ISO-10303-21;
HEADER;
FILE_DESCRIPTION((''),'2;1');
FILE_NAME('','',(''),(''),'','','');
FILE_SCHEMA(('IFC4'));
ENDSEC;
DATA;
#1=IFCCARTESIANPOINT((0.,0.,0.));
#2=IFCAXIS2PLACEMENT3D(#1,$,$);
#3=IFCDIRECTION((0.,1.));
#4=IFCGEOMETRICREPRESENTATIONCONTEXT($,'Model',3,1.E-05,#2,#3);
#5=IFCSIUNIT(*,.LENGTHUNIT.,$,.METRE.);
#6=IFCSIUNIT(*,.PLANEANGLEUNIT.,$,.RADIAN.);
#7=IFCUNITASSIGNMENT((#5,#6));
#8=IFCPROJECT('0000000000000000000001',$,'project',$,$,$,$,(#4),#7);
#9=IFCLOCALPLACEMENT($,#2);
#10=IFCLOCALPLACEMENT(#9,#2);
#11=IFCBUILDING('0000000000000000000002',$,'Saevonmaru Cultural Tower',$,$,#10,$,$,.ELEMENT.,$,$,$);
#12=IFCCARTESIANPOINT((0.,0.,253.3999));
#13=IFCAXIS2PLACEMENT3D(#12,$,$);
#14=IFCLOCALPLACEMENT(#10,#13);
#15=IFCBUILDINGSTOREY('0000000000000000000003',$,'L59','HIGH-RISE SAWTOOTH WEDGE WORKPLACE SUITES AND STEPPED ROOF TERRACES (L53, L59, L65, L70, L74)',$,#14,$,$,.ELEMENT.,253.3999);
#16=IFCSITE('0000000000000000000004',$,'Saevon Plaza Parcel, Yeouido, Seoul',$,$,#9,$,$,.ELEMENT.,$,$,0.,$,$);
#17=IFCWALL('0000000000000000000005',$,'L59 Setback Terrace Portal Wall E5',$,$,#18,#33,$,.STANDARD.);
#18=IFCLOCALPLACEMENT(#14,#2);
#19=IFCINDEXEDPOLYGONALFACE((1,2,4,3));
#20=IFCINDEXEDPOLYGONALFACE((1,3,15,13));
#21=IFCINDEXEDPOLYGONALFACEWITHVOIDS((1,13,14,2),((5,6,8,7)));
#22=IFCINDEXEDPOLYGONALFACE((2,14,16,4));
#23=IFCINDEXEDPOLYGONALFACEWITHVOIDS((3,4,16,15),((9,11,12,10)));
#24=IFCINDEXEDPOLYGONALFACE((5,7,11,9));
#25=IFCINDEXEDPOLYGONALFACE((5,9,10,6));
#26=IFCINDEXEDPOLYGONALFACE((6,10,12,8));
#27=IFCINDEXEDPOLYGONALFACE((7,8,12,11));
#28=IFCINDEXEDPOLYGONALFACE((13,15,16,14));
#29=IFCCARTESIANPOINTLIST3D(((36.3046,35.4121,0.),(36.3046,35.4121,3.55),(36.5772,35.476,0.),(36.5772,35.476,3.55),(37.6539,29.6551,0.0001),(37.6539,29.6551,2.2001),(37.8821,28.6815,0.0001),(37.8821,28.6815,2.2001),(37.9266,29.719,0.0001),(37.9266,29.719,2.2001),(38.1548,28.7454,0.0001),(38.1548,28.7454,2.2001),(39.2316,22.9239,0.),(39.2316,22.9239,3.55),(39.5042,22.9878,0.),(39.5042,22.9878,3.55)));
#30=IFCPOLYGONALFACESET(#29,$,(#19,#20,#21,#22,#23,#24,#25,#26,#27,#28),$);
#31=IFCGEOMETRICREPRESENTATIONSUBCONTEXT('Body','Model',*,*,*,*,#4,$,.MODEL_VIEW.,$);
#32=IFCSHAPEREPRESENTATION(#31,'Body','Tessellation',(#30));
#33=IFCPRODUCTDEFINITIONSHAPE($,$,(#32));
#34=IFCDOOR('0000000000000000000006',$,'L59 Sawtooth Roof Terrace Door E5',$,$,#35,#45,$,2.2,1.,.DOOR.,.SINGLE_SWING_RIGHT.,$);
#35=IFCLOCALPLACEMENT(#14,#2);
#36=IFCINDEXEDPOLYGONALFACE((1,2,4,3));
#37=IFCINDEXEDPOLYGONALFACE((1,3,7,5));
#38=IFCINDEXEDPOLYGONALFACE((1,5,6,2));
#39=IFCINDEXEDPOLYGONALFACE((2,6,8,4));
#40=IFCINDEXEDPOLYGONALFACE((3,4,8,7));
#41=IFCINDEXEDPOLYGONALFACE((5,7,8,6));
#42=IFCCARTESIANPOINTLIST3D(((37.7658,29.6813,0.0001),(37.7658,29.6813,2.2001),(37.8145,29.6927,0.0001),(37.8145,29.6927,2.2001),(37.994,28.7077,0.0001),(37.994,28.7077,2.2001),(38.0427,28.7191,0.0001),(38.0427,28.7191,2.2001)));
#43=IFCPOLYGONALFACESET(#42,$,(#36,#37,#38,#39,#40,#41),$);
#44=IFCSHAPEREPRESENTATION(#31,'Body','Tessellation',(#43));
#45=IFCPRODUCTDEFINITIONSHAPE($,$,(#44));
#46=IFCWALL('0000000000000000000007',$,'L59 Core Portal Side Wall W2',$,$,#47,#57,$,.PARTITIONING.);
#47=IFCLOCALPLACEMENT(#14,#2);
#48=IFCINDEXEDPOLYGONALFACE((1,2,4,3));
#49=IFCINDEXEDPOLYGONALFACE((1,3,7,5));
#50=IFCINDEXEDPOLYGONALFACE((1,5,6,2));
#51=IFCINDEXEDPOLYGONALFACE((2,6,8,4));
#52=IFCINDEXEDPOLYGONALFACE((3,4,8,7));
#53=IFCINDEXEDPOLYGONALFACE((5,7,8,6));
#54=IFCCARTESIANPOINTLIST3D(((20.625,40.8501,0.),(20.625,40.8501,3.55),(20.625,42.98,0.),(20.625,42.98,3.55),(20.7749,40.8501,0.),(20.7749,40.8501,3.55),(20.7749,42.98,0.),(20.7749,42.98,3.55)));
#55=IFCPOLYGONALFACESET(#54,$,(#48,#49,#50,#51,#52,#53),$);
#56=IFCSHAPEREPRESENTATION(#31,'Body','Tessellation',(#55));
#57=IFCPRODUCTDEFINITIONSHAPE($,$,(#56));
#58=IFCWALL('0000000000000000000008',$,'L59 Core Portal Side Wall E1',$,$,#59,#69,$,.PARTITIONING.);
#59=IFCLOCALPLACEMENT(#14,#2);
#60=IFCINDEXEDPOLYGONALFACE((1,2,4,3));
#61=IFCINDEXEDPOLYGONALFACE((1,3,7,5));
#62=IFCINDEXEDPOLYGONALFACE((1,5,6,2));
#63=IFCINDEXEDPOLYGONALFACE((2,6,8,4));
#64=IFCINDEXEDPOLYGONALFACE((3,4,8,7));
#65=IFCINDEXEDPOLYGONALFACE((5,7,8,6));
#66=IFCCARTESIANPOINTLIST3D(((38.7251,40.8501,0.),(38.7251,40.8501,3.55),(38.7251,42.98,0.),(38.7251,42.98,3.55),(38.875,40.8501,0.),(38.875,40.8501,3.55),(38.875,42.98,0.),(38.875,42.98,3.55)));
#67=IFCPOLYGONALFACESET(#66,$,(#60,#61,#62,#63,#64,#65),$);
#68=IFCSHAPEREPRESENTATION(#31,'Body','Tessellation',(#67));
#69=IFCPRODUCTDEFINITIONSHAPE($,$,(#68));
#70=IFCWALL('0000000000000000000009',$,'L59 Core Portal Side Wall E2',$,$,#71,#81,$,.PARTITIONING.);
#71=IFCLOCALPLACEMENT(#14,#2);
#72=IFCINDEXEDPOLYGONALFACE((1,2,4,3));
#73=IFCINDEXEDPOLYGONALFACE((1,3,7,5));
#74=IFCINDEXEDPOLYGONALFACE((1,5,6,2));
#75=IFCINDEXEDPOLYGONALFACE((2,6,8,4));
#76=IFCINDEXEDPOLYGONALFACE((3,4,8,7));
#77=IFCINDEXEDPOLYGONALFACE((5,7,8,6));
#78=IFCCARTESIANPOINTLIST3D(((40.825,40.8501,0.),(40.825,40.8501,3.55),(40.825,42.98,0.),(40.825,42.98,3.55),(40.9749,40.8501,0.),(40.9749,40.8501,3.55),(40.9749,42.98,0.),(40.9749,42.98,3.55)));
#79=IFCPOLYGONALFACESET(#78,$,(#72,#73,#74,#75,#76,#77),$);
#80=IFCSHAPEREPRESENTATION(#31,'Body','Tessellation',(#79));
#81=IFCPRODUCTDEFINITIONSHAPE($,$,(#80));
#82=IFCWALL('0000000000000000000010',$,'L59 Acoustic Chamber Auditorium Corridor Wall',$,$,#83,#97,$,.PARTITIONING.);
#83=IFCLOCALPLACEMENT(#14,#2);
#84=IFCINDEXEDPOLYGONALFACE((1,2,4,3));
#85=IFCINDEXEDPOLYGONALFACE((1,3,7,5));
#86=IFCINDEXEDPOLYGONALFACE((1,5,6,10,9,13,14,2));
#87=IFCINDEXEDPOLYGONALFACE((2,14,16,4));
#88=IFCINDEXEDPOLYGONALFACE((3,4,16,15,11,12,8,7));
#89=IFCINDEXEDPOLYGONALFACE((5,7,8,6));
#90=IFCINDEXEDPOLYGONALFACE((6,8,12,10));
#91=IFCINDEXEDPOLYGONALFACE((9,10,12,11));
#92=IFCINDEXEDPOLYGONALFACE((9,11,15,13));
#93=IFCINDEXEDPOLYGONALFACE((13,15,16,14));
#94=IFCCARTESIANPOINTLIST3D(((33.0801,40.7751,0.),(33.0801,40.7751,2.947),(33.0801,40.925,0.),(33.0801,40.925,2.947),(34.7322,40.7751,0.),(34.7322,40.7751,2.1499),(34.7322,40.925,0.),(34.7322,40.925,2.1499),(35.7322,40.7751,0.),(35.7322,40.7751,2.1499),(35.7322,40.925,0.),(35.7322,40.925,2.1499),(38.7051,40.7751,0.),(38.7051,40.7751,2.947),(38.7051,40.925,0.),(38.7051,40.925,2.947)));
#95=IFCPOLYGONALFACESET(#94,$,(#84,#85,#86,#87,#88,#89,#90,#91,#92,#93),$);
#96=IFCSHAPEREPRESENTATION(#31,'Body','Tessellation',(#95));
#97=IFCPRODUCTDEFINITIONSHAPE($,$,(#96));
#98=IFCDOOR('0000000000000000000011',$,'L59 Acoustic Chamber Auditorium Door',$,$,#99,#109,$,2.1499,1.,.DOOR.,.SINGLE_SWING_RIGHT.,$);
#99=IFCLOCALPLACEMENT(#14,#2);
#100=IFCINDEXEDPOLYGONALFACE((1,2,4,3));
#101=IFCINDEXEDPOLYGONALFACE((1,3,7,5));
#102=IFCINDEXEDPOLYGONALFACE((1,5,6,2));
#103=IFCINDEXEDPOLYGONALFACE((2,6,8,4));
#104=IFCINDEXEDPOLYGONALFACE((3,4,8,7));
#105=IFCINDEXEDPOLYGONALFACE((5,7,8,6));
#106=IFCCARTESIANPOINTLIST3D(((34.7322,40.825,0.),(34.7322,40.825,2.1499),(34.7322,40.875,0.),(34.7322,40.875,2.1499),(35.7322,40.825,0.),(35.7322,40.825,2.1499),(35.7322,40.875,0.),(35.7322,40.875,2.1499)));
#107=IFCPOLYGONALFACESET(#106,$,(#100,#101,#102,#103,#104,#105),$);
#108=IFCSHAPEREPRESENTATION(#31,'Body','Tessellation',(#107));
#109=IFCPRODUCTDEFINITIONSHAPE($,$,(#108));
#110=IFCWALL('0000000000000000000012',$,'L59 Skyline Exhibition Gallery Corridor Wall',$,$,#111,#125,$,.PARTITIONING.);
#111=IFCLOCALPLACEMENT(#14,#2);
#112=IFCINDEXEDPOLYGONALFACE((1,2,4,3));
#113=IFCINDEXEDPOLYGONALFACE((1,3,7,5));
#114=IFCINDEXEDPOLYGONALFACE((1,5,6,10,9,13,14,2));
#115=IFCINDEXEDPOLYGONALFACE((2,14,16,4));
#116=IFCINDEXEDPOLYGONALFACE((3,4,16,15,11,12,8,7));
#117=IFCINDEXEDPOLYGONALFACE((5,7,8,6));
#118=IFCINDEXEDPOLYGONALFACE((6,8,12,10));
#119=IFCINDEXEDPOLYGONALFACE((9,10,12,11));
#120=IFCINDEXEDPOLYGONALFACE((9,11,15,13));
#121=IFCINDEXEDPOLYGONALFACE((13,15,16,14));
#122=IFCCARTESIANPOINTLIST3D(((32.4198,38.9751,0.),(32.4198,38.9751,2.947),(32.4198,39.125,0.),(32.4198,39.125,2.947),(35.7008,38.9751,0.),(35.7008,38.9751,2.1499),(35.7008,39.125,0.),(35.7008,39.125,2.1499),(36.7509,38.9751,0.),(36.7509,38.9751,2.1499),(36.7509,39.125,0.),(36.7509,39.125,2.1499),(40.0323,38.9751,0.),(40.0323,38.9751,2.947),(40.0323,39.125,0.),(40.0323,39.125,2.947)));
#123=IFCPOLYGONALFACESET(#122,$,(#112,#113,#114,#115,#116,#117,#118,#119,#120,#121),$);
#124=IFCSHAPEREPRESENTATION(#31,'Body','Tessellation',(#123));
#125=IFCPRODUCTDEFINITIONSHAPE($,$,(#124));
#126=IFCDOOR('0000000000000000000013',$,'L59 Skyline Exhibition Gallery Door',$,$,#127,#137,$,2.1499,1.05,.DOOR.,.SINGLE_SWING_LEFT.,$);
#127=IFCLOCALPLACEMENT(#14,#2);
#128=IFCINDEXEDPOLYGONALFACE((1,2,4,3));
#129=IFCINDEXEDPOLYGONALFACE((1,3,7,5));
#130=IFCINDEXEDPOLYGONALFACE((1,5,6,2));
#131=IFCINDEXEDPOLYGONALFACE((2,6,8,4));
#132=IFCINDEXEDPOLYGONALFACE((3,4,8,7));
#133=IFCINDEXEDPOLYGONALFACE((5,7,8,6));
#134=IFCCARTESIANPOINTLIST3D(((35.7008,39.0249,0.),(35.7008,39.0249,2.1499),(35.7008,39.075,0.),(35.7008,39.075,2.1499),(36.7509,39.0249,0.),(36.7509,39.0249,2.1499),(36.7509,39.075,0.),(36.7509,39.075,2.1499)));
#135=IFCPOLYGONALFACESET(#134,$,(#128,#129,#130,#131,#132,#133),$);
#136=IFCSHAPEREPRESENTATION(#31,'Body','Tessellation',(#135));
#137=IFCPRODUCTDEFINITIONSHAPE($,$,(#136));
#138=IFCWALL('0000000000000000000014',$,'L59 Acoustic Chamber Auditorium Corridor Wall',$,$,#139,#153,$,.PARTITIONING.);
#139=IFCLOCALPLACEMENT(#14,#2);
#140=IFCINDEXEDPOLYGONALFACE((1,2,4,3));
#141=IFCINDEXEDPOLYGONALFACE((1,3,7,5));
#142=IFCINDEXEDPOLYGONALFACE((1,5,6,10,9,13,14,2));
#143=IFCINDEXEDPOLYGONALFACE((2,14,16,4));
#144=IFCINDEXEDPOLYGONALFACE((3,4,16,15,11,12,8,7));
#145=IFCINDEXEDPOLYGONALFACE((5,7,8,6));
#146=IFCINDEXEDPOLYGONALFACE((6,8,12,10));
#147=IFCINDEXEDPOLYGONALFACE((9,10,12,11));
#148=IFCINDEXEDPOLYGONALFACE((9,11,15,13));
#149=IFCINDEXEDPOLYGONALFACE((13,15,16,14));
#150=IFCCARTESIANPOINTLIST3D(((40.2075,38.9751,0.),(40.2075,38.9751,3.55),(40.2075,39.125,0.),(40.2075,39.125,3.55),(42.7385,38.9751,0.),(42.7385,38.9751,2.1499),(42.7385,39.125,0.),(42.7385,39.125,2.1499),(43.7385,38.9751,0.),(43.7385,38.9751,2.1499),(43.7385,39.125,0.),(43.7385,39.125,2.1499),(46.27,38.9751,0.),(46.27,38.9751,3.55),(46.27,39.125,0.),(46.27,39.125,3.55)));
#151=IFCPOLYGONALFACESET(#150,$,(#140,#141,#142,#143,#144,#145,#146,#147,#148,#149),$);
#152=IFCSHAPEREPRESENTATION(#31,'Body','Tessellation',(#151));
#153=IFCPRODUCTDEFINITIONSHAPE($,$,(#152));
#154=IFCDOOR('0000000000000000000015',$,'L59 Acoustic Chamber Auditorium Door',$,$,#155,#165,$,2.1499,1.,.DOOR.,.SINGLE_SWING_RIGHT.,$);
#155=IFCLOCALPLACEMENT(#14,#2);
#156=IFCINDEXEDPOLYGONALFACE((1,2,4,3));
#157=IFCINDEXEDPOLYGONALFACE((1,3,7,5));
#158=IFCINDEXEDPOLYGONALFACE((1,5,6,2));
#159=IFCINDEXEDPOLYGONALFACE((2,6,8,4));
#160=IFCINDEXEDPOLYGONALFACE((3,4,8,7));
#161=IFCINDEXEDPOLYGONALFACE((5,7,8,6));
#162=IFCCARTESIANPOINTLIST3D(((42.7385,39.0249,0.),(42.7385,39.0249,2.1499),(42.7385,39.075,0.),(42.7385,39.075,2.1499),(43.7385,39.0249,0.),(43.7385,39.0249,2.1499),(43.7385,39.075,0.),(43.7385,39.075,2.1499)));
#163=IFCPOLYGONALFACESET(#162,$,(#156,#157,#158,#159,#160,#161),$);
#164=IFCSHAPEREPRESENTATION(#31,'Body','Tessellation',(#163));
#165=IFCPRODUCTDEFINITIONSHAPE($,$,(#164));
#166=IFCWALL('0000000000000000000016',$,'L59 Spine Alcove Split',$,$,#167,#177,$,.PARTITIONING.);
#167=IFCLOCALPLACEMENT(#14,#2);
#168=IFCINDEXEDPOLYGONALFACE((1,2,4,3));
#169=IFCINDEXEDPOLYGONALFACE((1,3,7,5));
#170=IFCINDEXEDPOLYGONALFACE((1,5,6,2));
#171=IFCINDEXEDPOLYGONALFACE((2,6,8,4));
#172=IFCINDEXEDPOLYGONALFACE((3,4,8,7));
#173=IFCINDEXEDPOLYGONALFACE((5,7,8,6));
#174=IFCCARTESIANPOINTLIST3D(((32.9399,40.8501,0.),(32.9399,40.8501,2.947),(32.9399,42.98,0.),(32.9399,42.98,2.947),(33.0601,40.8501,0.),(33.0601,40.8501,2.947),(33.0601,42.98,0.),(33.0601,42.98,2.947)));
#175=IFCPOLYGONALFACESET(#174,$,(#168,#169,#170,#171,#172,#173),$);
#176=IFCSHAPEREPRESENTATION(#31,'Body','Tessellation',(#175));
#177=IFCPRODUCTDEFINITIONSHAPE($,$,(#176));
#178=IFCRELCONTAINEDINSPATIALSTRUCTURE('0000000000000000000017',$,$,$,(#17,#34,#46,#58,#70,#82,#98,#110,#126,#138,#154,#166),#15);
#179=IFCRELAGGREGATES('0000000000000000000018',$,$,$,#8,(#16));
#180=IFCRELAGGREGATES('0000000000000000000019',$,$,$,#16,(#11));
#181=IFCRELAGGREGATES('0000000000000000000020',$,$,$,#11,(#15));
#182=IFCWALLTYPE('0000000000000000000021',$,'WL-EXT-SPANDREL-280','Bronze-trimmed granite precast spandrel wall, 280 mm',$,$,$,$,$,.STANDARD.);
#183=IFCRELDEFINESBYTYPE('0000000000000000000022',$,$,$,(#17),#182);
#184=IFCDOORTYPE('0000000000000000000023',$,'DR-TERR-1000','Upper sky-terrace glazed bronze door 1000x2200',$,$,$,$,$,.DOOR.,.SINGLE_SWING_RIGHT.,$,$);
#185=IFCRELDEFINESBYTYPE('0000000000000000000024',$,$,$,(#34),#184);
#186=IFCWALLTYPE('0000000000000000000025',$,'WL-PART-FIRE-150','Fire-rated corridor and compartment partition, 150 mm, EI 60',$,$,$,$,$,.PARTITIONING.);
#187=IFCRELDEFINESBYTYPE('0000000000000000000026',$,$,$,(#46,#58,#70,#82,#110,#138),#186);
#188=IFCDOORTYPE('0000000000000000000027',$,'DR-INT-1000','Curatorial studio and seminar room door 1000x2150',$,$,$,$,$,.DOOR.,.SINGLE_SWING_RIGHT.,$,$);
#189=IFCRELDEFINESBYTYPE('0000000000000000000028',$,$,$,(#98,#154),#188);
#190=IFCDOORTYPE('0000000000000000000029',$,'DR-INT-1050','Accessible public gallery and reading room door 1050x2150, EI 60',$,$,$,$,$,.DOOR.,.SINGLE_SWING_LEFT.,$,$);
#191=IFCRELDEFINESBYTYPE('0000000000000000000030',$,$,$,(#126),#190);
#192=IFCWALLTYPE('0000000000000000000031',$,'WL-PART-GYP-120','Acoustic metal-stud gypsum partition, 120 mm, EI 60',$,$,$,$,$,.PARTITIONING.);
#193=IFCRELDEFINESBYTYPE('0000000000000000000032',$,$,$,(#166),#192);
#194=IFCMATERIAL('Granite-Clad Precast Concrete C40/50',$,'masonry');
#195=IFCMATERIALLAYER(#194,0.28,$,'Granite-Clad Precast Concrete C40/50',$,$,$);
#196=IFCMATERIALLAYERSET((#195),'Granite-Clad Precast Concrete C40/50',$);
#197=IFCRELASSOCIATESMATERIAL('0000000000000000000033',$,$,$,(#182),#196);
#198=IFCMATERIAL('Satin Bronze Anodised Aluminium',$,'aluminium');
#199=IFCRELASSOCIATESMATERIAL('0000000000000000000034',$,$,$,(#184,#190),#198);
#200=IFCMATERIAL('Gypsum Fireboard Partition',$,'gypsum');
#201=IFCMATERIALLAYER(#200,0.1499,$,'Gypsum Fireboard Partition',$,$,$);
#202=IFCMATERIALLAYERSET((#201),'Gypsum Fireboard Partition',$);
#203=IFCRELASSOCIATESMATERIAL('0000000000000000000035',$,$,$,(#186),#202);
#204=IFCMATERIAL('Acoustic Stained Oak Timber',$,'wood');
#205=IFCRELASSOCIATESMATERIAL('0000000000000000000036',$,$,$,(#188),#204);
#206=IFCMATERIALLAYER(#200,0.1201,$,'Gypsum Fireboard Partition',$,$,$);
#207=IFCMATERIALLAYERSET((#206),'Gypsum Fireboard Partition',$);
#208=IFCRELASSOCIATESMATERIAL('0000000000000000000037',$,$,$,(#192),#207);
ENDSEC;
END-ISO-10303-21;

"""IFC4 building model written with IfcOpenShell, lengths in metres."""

from ifc_helpers import new_model, si_unit, direction, frame, frame_2d, origin, place, context, subcontext, project, spatial, rectangle, extrude, material, layer, layer_set, type_object, element, fill, save


model = new_model("IFC4")

# Units and contexts
model_context = context("Model", 3, precision=1e-05, world=origin(), true_north=direction((0.0, 1.0)))
body_context = subcontext(model_context, "Body", "Model", "MODEL_VIEW")
ifc_project = project(units=[si_unit("LENGTHUNIT", "METRE"), si_unit("PLANEANGLEUNIT", "RADIAN")], contexts=[model_context])

# Site, building, storey
site_placement = place(None, origin())
site = spatial("IfcSite", under=ifc_project, at=site_placement, Name="Saevon Plaza Parcel, Yeouido, Seoul", CompositionType="ELEMENT", RefElevation=0.0)
building_placement = place(site_placement, origin())
building = spatial("IfcBuilding", under=site, at=building_placement, Name="Saevonmaru Cultural Tower", CompositionType="ELEMENT")
storey_placement = place(building_placement, frame((0.0, 0.0, 253.3999)))
storey = spatial("IfcBuildingStorey", under=building, at=storey_placement, Name="L59", Description="HIGH-RISE SAWTOOTH WEDGE WORKPLACE SUITES AND STEPPED ROOF TERRACES (L53, L59, L65, L70, L74)", CompositionType="ELEMENT", Elevation=253.3999)

# Wall, opening, door
ifc_material_1 = material(Name="Granite-Clad Precast Concrete C40/50", Category="masonry")
ifc_layer_1 = layer(ifc_material_1, 0.28, Name="Granite-Clad Precast Concrete C40/50")
ifc_layer_set_1 = layer_set([ifc_layer_1], Name="Granite-Clad Precast Concrete C40/50")
wall_type_1 = type_object("IfcWallType", Name="WL-EXT-SPANDREL-280", Description="Bronze-trimmed granite precast spandrel wall, 280 mm", PredefinedType="STANDARD", material=ifc_layer_set_1)
ifc_material_2 = material(Name="Satin Bronze Anodised Aluminium", Category="aluminium")
door_type_1 = type_object("IfcDoorType", Name="DR-TERR-1000", Description="Upper sky-terrace glazed bronze door 1000x2200", OperationType="SINGLE_SWING_RIGHT", PredefinedType="DOOR", material=ifc_material_2)
wall_1_placement = place(storey_placement, frame((36.4409, 35.4441, 0.0), z_axis=(0.0, 0.0, 1.0), x_axis=(0.228196, -0.973615, 0.0)))
wall_1 = element("IfcWall", 1, at=wall_1_placement, inside=storey, type_object=wall_type_1, Name="L59 Setback Terrace Portal Wall E5", PredefinedType="STANDARD", context=body_context, shape_type="SweptSolid", body=[
    extrude(rectangle(XDim=12.8267, YDim=0.28, at=frame_2d((6.4133, 0.0))), origin(), (0.0, 0.0, 1.0), 3.55),
])
opening_1_placement = place(wall_1_placement, frame((5.9131, 0.0, 0.0)))
opening_1 = element("IfcOpeningElement", 2, at=opening_1_placement, cuts=wall_1, PredefinedType="OPENING", context=body_context, shape_type="SweptSolid", body=[
    extrude(rectangle(XDim=1.0, YDim=2.2, at=frame_2d((0.5, 1.1001))), frame((0.0, 0.1499, 0.0), z_axis=(0.0, -1.0, 0.0), x_axis=(1.0, 0.0, 0.0)), (0.0, 0.0, 1.0), 0.3),
])
door_1_placement = place(opening_1_placement, origin())
door_1 = element("IfcDoor", 3, at=door_1_placement, inside=storey, type_object=door_type_1, Name="L59 Sawtooth Roof Terrace Door E5", OperationType="SINGLE_SWING_RIGHT", OverallHeight=2.2, OverallWidth=1.0, PredefinedType="DOOR", context=body_context, shape_type="SweptSolid", body=[
    extrude(rectangle(XDim=1.0, YDim=2.2, at=frame_2d((0.5, 1.1001))), frame((0.0, 0.0249, 0.0), z_axis=(0.0, -1.0, 0.0), x_axis=(1.0, 0.0, 0.0)), (0.0, 0.0, 1.0), 0.05),
])
fill(opening_1, door_1)

# Walls
ifc_material_3 = material(Name="Gypsum Fireboard Partition", Category="gypsum")
ifc_layer_2 = layer(ifc_material_3, 0.1499, Name="Gypsum Fireboard Partition")
ifc_layer_set_2 = layer_set([ifc_layer_2], Name="Gypsum Fireboard Partition")
wall_type_2 = type_object("IfcWallType", Name="WL-PART-FIRE-150", Description="Fire-rated corridor and compartment partition, 150 mm, EI 60", PredefinedType="PARTITIONING", material=ifc_layer_set_2)
for number, where, z_axis, x_axis, name in (
    (4, (20.7, 40.8501, 0.0), (0.0, 0.0, 1.0), (0.0, 1.0, 0.0), "L59 Core Portal Side Wall W2"),
    (5, (38.8, 40.8501, 0.0), (0.0, 0.0, 1.0), (0.0, 1.0, 0.0), "L59 Core Portal Side Wall E1"),
    (6, (40.8999, 40.8501, 0.0), (0.0, 0.0, 1.0), (0.0, 1.0, 0.0), "L59 Core Portal Side Wall E2"),
):
    element("IfcWall", number, at=place(storey_placement, frame(where, z_axis=z_axis, x_axis=x_axis)), inside=storey, type_object=wall_type_2, Name=name, PredefinedType="PARTITIONING", context=body_context, shape_type="SweptSolid", body=[
        extrude(rectangle(XDim=2.1299, YDim=0.1499, at=frame_2d((1.0649, 0.0))), origin(), (0.0, 0.0, 1.0), 3.55),
    ])

# Walls, openings, doors
wall_2_placement = place(storey_placement, frame((33.0801, 40.8501, 0.0), z_axis=(0.0, 0.0, 1.0), x_axis=(1.0, 0.0, 0.0)))
wall_2 = element("IfcWall", 7, at=wall_2_placement, inside=storey, type_object=wall_type_2, Name="L59 Acoustic Chamber Auditorium Corridor Wall", PredefinedType="PARTITIONING", context=body_context, shape_type="SweptSolid", body=[
    extrude(rectangle(XDim=5.625, YDim=0.1499, at=frame_2d((2.8125, 0.0))), origin(), (0.0, 0.0, 1.0), 2.947),
])
opening_2_placement = place(wall_2_placement, frame((1.6521, 0.0, 0.0)))
opening_2 = element("IfcOpeningElement", 8, at=opening_2_placement, cuts=wall_2, PredefinedType="OPENING", context=body_context, shape_type="SweptSolid", body=[
    extrude(rectangle(XDim=1.0, YDim=2.1499, at=frame_2d((0.5, 1.075))), frame((0.0, 0.085, 0.0), z_axis=(0.0, -1.0, 0.0), x_axis=(1.0, 0.0, 0.0)), (0.0, 0.0, 1.0), 0.1699),
])
ifc_material_4 = material(Name="Acoustic Stained Oak Timber", Category="wood")
door_type_2 = type_object("IfcDoorType", Name="DR-INT-1000", Description="Curatorial studio and seminar room door 1000x2150", OperationType="SINGLE_SWING_RIGHT", PredefinedType="DOOR", material=ifc_material_4)
door_2_placement = place(opening_2_placement, origin())
door_2 = element("IfcDoor", 9, at=door_2_placement, inside=storey, type_object=door_type_2, Name="L59 Acoustic Chamber Auditorium Door", OperationType="SINGLE_SWING_RIGHT", OverallHeight=2.1499, OverallWidth=1.0, PredefinedType="DOOR", context=body_context, shape_type="SweptSolid", body=[
    extrude(rectangle(XDim=1.0, YDim=2.1499, at=frame_2d((0.5, 1.075))), frame((0.0, 0.0249, 0.0), z_axis=(0.0, -1.0, 0.0), x_axis=(1.0, 0.0, 0.0)), (0.0, 0.0, 1.0), 0.05),
])
fill(opening_2, door_2)
wall_3_placement = place(storey_placement, frame((32.4199, 39.05, 0.0), z_axis=(0.0, 0.0, 1.0), x_axis=(1.0, 0.0, 0.0)))
wall_3 = element("IfcWall", 10, at=wall_3_placement, inside=storey, type_object=wall_type_2, Name="L59 Skyline Exhibition Gallery Corridor Wall", PredefinedType="PARTITIONING", context=body_context, shape_type="SweptSolid", body=[
    extrude(rectangle(XDim=7.6125, YDim=0.1499, at=frame_2d((3.8062, 0.0))), origin(), (0.0, 0.0, 1.0), 2.947),
])
opening_3_placement = place(wall_3_placement, frame((3.281, 0.0, 0.0)))
opening_3 = element("IfcOpeningElement", 11, at=opening_3_placement, cuts=wall_3, PredefinedType="OPENING", context=body_context, shape_type="SweptSolid", body=[
    extrude(rectangle(XDim=1.05, YDim=2.1499, at=frame_2d((0.5249, 1.075))), frame((0.0, 0.085, 0.0), z_axis=(0.0, -1.0, 0.0), x_axis=(1.0, 0.0, 0.0)), (0.0, 0.0, 1.0), 0.1699),
])
door_type_3 = type_object("IfcDoorType", Name="DR-INT-1050", Description="Accessible public gallery and reading room door 1050x2150, EI 60", OperationType="SINGLE_SWING_LEFT", PredefinedType="DOOR", material=ifc_material_2)
door_3_placement = place(opening_3_placement, origin())
door_3 = element("IfcDoor", 12, at=door_3_placement, inside=storey, type_object=door_type_3, Name="L59 Skyline Exhibition Gallery Door", OperationType="SINGLE_SWING_LEFT", OverallHeight=2.1499, OverallWidth=1.05, PredefinedType="DOOR", context=body_context, shape_type="SweptSolid", body=[
    extrude(rectangle(XDim=1.05, YDim=2.1499, at=frame_2d((0.5249, 1.075))), frame((0.0, 0.0249, 0.0), z_axis=(0.0, -1.0, 0.0), x_axis=(1.0, 0.0, 0.0)), (0.0, 0.0, 1.0), 0.05),
])
fill(opening_3, door_3)
wall_4_placement = place(storey_placement, frame((40.2075, 39.05, 0.0), z_axis=(0.0, 0.0, 1.0), x_axis=(1.0, 0.0, 0.0)))
wall_4 = element("IfcWall", 13, at=wall_4_placement, inside=storey, type_object=wall_type_2, Name="L59 Acoustic Chamber Auditorium Corridor Wall", PredefinedType="PARTITIONING", context=body_context, shape_type="SweptSolid", body=[
    extrude(rectangle(XDim=6.0625, YDim=0.1499, at=frame_2d((3.0312, 0.0))), origin(), (0.0, 0.0, 1.0), 3.55),
])
opening_4_placement = place(wall_4_placement, frame((2.531, 0.0, 0.0)))
opening_4 = element("IfcOpeningElement", 14, at=opening_4_placement, cuts=wall_4, PredefinedType="OPENING", context=body_context, shape_type="SweptSolid", body=[
    extrude(rectangle(XDim=1.0, YDim=2.1499, at=frame_2d((0.5, 1.075))), frame((0.0, 0.085, 0.0), z_axis=(0.0, -1.0, 0.0), x_axis=(1.0, 0.0, 0.0)), (0.0, 0.0, 1.0), 0.1699),
])
door_4_placement = place(opening_4_placement, origin())
door_4 = element("IfcDoor", 15, at=door_4_placement, inside=storey, type_object=door_type_2, Name="L59 Acoustic Chamber Auditorium Door", OperationType="SINGLE_SWING_RIGHT", OverallHeight=2.1499, OverallWidth=1.0, PredefinedType="DOOR", context=body_context, shape_type="SweptSolid", body=[
    extrude(rectangle(XDim=1.0, YDim=2.1499, at=frame_2d((0.5, 1.075))), frame((0.0, 0.0249, 0.0), z_axis=(0.0, -1.0, 0.0), x_axis=(1.0, 0.0, 0.0)), (0.0, 0.0, 1.0), 0.05),
])
fill(opening_4, door_4)

# Wall
ifc_layer_3 = layer(ifc_material_3, 0.1201, Name="Gypsum Fireboard Partition")
ifc_layer_set_3 = layer_set([ifc_layer_3], Name="Gypsum Fireboard Partition")
wall_type_3 = type_object("IfcWallType", Name="WL-PART-GYP-120", Description="Acoustic metal-stud gypsum partition, 120 mm, EI 60", PredefinedType="PARTITIONING", material=ifc_layer_set_3)
wall_5_placement = place(storey_placement, frame((33.0, 40.8501, 0.0), z_axis=(0.0, 0.0, 1.0), x_axis=(0.0, 1.0, 0.0)))
element("IfcWall", 16, at=wall_5_placement, inside=storey, type_object=wall_type_3, Name="L59 Spine Alcove Split", PredefinedType="PARTITIONING", context=body_context, shape_type="SweptSolid", body=[
    extrude(rectangle(XDim=2.1299, YDim=0.1201, at=frame_2d((1.0649, 0.0))), origin(), (0.0, 0.0, 1.0), 2.947),
])

save(model, "model.ifc")
